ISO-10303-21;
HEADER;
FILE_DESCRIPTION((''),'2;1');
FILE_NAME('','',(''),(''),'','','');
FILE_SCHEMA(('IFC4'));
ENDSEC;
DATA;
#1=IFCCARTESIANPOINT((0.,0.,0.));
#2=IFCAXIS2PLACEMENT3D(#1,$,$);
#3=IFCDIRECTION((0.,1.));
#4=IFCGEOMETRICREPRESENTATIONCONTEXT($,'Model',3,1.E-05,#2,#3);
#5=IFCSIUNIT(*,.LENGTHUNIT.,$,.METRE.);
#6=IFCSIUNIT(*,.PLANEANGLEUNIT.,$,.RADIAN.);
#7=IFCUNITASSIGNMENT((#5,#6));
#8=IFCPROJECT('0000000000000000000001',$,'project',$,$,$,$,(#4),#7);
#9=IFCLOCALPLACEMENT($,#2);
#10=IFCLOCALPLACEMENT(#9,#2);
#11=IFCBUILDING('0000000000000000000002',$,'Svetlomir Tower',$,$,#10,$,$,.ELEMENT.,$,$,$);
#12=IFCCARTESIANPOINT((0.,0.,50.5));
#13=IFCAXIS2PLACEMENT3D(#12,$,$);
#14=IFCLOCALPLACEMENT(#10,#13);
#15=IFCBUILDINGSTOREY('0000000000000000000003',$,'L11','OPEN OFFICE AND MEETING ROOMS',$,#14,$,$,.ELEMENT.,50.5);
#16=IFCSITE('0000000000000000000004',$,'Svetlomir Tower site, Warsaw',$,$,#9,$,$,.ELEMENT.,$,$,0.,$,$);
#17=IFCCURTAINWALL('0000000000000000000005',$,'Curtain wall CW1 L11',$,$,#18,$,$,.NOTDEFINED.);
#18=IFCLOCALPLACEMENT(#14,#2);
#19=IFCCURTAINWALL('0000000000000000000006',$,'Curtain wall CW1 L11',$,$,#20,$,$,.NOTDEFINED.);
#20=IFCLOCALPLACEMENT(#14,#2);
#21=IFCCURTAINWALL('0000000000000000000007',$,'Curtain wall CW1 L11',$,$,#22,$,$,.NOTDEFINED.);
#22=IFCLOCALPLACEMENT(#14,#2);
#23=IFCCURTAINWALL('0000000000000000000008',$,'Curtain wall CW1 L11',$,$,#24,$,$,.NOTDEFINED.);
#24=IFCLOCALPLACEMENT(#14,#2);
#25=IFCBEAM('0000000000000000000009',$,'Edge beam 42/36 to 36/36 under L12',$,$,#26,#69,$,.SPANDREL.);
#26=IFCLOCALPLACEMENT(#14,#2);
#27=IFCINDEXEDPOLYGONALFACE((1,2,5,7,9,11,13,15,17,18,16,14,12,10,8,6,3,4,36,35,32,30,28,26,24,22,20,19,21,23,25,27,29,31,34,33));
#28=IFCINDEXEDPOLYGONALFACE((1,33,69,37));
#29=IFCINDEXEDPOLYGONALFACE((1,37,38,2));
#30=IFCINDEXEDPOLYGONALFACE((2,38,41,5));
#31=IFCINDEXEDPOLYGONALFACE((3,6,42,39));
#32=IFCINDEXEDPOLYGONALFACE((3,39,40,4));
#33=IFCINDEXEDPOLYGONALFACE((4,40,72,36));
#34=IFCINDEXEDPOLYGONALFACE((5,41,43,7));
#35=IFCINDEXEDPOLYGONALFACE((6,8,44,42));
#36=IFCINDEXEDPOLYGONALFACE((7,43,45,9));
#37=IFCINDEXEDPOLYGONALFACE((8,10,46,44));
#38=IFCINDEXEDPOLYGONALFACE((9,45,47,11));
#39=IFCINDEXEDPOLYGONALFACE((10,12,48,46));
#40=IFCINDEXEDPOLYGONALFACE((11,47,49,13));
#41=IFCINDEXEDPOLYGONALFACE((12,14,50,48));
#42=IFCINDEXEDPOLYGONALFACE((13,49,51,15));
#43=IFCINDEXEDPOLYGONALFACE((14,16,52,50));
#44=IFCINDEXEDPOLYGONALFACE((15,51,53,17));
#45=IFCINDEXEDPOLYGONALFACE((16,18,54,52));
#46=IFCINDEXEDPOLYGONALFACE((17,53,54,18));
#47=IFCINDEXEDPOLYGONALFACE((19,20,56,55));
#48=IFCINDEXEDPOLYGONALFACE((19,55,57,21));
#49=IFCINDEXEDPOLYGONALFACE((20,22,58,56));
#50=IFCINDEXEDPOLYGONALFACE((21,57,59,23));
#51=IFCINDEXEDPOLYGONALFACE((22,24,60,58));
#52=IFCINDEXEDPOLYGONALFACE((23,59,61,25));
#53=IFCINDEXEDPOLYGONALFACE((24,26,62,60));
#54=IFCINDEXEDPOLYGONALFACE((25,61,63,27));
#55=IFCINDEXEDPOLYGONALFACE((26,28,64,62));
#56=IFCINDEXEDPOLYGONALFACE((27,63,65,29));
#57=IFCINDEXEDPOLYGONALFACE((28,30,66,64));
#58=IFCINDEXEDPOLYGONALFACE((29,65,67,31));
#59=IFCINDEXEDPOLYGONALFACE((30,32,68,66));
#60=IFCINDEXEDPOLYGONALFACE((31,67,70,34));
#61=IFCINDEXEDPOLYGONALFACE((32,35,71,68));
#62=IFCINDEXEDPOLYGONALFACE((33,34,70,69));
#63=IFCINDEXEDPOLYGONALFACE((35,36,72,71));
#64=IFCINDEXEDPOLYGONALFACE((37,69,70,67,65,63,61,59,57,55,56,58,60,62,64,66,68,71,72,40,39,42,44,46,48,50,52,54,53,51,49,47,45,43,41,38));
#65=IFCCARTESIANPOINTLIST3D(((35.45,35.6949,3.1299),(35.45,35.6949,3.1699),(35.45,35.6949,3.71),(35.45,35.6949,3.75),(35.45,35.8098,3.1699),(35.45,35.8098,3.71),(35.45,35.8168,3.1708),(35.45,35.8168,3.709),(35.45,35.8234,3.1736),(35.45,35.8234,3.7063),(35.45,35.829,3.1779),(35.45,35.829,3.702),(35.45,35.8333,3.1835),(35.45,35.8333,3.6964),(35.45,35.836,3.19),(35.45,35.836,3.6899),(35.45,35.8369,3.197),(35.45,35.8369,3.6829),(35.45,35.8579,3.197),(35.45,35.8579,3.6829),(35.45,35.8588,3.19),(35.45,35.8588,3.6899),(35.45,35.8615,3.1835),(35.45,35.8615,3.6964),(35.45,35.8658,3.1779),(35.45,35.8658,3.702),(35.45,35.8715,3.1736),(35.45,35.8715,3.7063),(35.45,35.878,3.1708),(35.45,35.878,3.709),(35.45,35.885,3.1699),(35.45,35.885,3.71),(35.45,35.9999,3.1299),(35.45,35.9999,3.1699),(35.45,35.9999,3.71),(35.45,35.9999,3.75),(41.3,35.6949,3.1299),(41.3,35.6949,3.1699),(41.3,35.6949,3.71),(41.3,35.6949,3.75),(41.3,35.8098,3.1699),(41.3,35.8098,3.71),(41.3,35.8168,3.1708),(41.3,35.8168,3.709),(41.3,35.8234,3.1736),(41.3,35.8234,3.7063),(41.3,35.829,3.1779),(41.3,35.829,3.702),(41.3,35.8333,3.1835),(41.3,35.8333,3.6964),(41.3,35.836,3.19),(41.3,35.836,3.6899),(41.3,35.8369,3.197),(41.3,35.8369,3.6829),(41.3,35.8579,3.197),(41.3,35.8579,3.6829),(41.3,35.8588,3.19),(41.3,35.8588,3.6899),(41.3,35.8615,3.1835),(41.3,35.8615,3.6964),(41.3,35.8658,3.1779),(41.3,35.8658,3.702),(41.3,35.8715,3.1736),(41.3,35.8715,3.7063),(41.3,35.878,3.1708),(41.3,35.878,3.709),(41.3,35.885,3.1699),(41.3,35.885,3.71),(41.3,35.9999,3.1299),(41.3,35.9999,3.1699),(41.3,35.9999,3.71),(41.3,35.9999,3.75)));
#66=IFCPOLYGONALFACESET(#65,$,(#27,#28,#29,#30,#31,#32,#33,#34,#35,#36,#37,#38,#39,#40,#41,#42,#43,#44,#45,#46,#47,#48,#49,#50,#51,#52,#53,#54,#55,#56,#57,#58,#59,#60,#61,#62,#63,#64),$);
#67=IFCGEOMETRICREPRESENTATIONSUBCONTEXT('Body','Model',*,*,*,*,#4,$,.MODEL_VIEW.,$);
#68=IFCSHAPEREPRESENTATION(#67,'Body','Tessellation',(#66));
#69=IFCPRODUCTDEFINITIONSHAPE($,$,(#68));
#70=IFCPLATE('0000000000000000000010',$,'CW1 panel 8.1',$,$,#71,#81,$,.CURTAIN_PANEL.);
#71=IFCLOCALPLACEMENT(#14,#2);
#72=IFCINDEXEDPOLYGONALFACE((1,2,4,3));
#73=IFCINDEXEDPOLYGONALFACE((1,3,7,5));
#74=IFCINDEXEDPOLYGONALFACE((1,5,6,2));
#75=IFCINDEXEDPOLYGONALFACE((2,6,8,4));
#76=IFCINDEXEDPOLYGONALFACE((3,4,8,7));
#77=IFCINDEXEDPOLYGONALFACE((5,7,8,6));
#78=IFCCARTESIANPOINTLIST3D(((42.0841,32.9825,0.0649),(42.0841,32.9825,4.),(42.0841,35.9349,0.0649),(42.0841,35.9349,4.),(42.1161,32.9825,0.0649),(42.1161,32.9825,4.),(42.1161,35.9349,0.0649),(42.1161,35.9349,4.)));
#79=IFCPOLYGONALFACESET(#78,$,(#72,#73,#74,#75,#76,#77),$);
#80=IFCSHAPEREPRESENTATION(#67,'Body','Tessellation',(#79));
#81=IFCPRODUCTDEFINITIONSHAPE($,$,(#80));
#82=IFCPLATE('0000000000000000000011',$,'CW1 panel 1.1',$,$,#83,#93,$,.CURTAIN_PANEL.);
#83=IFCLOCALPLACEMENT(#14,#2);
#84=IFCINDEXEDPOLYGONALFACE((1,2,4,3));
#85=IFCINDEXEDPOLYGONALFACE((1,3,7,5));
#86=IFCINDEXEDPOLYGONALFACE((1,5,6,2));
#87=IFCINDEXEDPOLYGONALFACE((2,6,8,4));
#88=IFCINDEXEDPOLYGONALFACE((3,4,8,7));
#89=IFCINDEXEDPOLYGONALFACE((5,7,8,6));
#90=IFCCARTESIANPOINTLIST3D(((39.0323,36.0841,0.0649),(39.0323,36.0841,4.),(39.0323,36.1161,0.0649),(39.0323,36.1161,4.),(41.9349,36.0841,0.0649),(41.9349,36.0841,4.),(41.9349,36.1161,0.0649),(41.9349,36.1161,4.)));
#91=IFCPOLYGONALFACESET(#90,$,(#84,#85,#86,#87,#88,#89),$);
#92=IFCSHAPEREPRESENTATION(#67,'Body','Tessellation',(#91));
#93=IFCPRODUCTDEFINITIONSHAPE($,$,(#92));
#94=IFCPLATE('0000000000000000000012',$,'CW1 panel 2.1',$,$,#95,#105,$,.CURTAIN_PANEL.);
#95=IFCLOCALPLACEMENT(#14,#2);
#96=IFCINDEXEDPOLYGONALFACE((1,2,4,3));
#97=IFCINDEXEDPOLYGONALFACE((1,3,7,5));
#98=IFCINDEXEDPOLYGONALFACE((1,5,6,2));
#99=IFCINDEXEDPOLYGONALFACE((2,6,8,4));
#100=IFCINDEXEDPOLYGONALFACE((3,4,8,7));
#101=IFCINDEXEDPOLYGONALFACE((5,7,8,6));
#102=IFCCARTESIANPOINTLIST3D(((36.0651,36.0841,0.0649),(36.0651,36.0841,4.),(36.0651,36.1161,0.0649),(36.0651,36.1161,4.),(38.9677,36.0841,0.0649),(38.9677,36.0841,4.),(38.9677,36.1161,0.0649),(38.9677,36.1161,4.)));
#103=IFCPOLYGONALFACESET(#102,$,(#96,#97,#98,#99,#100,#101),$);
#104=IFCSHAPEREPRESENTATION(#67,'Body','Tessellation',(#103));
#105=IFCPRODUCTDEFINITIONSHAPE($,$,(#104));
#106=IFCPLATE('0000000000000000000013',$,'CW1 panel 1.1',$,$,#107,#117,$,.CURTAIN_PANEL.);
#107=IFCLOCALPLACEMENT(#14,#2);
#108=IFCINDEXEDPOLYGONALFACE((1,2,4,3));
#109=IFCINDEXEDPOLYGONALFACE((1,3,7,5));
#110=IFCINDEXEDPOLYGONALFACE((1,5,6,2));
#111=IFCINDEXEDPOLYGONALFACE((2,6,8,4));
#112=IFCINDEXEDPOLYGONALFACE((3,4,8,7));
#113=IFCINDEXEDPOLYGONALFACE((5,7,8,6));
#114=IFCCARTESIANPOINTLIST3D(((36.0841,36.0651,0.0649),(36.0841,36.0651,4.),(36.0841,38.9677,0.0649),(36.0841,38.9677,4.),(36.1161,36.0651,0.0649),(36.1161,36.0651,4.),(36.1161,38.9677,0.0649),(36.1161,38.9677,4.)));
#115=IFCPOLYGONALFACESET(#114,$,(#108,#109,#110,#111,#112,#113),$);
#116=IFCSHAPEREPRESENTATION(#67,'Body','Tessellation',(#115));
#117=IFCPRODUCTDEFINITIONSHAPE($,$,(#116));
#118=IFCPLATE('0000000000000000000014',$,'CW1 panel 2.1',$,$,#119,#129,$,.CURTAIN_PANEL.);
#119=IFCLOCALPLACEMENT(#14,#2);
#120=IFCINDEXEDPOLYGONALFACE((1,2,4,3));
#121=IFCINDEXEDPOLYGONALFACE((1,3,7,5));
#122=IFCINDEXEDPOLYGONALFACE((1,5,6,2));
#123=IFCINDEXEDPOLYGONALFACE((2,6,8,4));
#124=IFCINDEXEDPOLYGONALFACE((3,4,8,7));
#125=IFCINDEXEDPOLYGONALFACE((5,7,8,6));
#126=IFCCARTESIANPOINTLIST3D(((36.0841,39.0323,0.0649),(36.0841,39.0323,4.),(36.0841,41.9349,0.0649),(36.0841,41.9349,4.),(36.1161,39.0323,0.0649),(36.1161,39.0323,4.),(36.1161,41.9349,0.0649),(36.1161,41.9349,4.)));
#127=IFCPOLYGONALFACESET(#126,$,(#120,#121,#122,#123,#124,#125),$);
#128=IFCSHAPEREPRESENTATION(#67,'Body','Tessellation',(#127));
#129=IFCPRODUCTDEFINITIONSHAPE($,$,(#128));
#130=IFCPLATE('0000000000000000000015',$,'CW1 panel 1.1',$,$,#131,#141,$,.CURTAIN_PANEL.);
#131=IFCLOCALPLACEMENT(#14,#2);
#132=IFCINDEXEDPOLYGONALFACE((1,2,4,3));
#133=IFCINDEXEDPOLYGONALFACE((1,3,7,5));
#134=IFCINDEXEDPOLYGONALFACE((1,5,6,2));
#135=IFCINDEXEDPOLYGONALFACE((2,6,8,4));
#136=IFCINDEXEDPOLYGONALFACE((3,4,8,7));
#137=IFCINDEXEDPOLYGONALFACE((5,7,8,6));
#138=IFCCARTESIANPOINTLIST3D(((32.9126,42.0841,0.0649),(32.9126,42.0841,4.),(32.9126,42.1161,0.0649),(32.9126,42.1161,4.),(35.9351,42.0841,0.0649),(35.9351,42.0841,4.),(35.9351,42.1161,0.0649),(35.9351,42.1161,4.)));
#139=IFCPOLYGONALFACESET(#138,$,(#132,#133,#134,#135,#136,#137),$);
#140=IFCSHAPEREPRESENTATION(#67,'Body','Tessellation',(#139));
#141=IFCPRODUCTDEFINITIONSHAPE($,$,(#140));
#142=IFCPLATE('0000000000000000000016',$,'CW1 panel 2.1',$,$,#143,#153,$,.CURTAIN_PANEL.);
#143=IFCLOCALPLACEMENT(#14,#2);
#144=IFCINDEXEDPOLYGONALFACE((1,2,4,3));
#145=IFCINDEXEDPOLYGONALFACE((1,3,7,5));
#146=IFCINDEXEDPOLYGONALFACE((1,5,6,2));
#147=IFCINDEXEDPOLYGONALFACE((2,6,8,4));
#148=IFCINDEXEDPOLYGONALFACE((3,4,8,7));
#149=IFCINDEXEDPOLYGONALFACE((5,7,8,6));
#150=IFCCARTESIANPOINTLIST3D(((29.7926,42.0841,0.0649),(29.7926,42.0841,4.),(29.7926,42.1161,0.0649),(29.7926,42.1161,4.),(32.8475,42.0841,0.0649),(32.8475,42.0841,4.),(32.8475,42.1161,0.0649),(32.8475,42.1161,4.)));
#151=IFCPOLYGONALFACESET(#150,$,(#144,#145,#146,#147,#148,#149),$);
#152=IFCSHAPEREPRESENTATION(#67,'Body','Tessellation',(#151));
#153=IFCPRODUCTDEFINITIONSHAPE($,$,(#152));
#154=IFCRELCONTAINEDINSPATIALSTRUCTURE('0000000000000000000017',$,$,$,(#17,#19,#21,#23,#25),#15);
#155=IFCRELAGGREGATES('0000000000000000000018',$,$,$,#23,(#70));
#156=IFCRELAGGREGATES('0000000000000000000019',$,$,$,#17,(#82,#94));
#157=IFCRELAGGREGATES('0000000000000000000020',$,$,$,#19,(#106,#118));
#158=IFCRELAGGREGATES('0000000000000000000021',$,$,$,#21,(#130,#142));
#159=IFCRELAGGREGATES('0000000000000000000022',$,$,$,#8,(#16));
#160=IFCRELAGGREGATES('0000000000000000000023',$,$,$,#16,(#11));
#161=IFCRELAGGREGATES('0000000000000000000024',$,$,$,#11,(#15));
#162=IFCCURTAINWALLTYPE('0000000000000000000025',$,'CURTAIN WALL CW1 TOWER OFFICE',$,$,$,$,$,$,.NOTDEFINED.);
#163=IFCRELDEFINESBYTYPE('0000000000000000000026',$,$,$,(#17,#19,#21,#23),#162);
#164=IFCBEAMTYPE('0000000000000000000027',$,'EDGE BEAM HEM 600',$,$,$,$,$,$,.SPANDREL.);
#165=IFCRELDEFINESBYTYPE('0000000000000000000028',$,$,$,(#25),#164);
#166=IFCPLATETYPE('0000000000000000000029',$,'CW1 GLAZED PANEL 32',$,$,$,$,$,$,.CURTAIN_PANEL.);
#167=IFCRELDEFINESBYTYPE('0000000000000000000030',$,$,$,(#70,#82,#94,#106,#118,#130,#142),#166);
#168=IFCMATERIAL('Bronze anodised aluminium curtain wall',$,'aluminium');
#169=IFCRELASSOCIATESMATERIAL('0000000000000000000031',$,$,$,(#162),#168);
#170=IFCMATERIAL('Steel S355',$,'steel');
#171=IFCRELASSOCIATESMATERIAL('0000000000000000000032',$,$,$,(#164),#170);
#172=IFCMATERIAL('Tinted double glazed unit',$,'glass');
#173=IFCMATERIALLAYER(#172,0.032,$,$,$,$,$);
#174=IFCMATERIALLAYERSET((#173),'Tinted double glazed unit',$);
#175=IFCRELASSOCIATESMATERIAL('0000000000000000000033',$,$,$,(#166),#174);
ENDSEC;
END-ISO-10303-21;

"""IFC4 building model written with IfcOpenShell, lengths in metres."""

from ifc_helpers import new_model, si_unit, direction, frame, origin, origin_2d, place, context, subcontext, project, spatial, rectangle, i_section, extrude, material, layer, layer_set, material_profile, profile_set, type_object, element, aggregate, save


model = new_model("IFC4")

# Units and contexts
model_context = context("Model", 3, precision=1e-05, world=origin(), true_north=direction((0.0, 1.0)))
body_context = subcontext(model_context, "Body", "Model", "MODEL_VIEW")
ifc_project = project(units=[si_unit("LENGTHUNIT", "METRE"), si_unit("PLANEANGLEUNIT", "RADIAN")], contexts=[model_context])

# Site, building, storey
site_placement = place(None, origin())
site = spatial("IfcSite", under=ifc_project, at=site_placement, Name="Svetlomir Tower site, Warsaw", CompositionType="ELEMENT", RefElevation=0.0)
building_placement = place(site_placement, origin())
building = spatial("IfcBuilding", under=site, at=building_placement, Name="Svetlomir Tower", CompositionType="ELEMENT")
storey_placement = place(building_placement, frame((0.0, 0.0, 50.5)))
storey = spatial("IfcBuildingStorey", under=building, at=storey_placement, Name="L11", Description="OPEN OFFICE AND MEETING ROOMS", CompositionType="ELEMENT", Elevation=50.5)

# Curtain walls
ifc_material_1 = material(Name="Bronze anodised aluminium curtain wall", Category="aluminium")
curtain_wall_type = type_object("IfcCurtainWallType", Name="CURTAIN WALL CW1 TOWER OFFICE", PredefinedType="NOTDEFINED", material=ifc_material_1)
curtain_wall_1_placement = place(storey_placement, origin())
curtain_wall_1 = element("IfcCurtainWall", 1, at=curtain_wall_1_placement, inside=storey, type_object=curtain_wall_type, Name="Curtain wall CW1 L11", PredefinedType="NOTDEFINED")
curtain_wall_2_placement = place(storey_placement, origin())
curtain_wall_2 = element("IfcCurtainWall", 2, at=curtain_wall_2_placement, inside=storey, type_object=curtain_wall_type, Name="Curtain wall CW1 L11", PredefinedType="NOTDEFINED")
curtain_wall_3_placement = place(storey_placement, origin())
curtain_wall_3 = element("IfcCurtainWall", 3, at=curtain_wall_3_placement, inside=storey, type_object=curtain_wall_type, Name="Curtain wall CW1 L11", PredefinedType="NOTDEFINED")
curtain_wall_4_placement = place(storey_placement, origin())
curtain_wall_4 = element("IfcCurtainWall", 4, at=curtain_wall_4_placement, inside=storey, type_object=curtain_wall_type, Name="Curtain wall CW1 L11", PredefinedType="NOTDEFINED")

# Beam
ifc_material_2 = material(Name="Steel S355", Category="steel")
ifc_material_profile_1 = material_profile(ifc_material_2, i_section(OverallWidth=0.3049, OverallDepth=0.6201, WebThickness=0.021, FlangeThickness=0.04, FilletRadius=0.0271, at=origin_2d()), Name="HEM 600")
ifc_profile_set_1 = profile_set([ifc_material_profile_1], Name="Steel S355")
beam_type = type_object("IfcBeamType", Name="EDGE BEAM HEM 600", PredefinedType="SPANDREL", material=ifc_profile_set_1)
for number, where, z_axis, x_axis, name in (
    (5, (41.3, 35.8474, 3.4399), (-1.0, 0.0, 0.0), (0.0, -1.0, 0.0), "Edge beam 42/36 to 36/36 under L12"),
):
    element("IfcBeam", number, at=place(storey_placement, frame(where, z_axis=z_axis, x_axis=x_axis)), inside=storey, type_object=beam_type, Name=name, PredefinedType="SPANDREL", context=body_context, shape_type="SweptSolid", body=[
        extrude(i_section(OverallWidth=0.3049, OverallDepth=0.6201, WebThickness=0.021, FlangeThickness=0.04, FilletRadius=0.0271, at=origin_2d()), origin(), (0.0, 0.0, 1.0), 5.8501),
    ])

# Plates
ifc_material_3 = material(Name="Tinted double glazed unit", Category="glass")
ifc_layer = layer(ifc_material_3, 0.032)
ifc_layer_set = layer_set([ifc_layer], Name="Tinted double glazed unit")
plate_type = type_object("IfcPlateType", Name="CW1 GLAZED PANEL 32", PredefinedType="CURTAIN_PANEL", material=ifc_layer_set)
plate_1_placement = place(storey_placement, frame((42.1001, 34.4587, 0.0649), z_axis=(0.0, 0.0, 1.0), x_axis=(0.0, 1.0, 0.0)))
plate_1 = element("IfcPlate", 6, at=plate_1_placement, type_object=plate_type, Name="CW1 panel 8.1", PredefinedType="CURTAIN_PANEL", context=body_context, shape_type="SweptSolid", body=[
    extrude(rectangle(XDim=2.9524, YDim=0.032, at=origin_2d()), origin(), (0.0, 0.0, 1.0), 3.9351),
])
aggregate(curtain_wall_4, [plate_1])
plate_2_placement = place(storey_placement, frame((40.4836, 36.1001, 0.0649), z_axis=(0.0, 0.0, 1.0), x_axis=(-1.0, 0.0, 0.0)))
plate_2 = element("IfcPlate", 7, at=plate_2_placement, type_object=plate_type, Name="CW1 panel 1.1", PredefinedType="CURTAIN_PANEL", context=body_context, shape_type="SweptSolid", body=[
    extrude(rectangle(XDim=2.9026, YDim=0.032, at=origin_2d()), origin(), (0.0, 0.0, 1.0), 3.9351),
])
plate_3_placement = place(storey_placement, frame((37.5164, 36.1001, 0.0649), z_axis=(0.0, 0.0, 1.0), x_axis=(-1.0, 0.0, 0.0)))
plate_3 = element("IfcPlate", 8, at=plate_3_placement, type_object=plate_type, Name="CW1 panel 2.1", PredefinedType="CURTAIN_PANEL", context=body_context, shape_type="SweptSolid", body=[
    extrude(rectangle(XDim=2.9026, YDim=0.032, at=origin_2d()), origin(), (0.0, 0.0, 1.0), 3.9351),
])
aggregate(curtain_wall_1, [plate_2, plate_3])
plate_4_placement = place(storey_placement, frame((36.1001, 37.5164, 0.0649), z_axis=(0.0, 0.0, 1.0), x_axis=(0.0, 1.0, 0.0)))
plate_4 = element("IfcPlate", 9, at=plate_4_placement, type_object=plate_type, Name="CW1 panel 1.1", PredefinedType="CURTAIN_PANEL", context=body_context, shape_type="SweptSolid", body=[
    extrude(rectangle(XDim=2.9026, YDim=0.032, at=origin_2d()), origin(), (0.0, 0.0, 1.0), 3.9351),
])
plate_5_placement = place(storey_placement, frame((36.1001, 40.4836, 0.0649), z_axis=(0.0, 0.0, 1.0), x_axis=(0.0, 1.0, 0.0)))
plate_5 = element("IfcPlate", 10, at=plate_5_placement, type_object=plate_type, Name="CW1 panel 2.1", PredefinedType="CURTAIN_PANEL", context=body_context, shape_type="SweptSolid", body=[
    extrude(rectangle(XDim=2.9026, YDim=0.032, at=origin_2d()), origin(), (0.0, 0.0, 1.0), 3.9351),
])
aggregate(curtain_wall_2, [plate_4, plate_5])
plate_6_placement = place(storey_placement, frame((34.4238, 42.1001, 0.0649), z_axis=(0.0, 0.0, 1.0), x_axis=(-1.0, 0.0, 0.0)))
plate_6 = element("IfcPlate", 11, at=plate_6_placement, type_object=plate_type, Name="CW1 panel 1.1", PredefinedType="CURTAIN_PANEL", context=body_context, shape_type="SweptSolid", body=[
    extrude(rectangle(XDim=3.0225, YDim=0.032, at=origin_2d()), origin(), (0.0, 0.0, 1.0), 3.9351),
])
plate_7_placement = place(storey_placement, frame((31.3201, 42.1001, 0.0649), z_axis=(0.0, 0.0, 1.0), x_axis=(-1.0, 0.0, 0.0)))
plate_7 = element("IfcPlate", 12, at=plate_7_placement, type_object=plate_type, Name="CW1 panel 2.1", PredefinedType="CURTAIN_PANEL", context=body_context, shape_type="SweptSolid", body=[
    extrude(rectangle(XDim=3.0549, YDim=0.032, at=origin_2d()), origin(), (0.0, 0.0, 1.0), 3.9351),
])
aggregate(curtain_wall_3, [plate_6, plate_7])

save(model, "model.ifc")
